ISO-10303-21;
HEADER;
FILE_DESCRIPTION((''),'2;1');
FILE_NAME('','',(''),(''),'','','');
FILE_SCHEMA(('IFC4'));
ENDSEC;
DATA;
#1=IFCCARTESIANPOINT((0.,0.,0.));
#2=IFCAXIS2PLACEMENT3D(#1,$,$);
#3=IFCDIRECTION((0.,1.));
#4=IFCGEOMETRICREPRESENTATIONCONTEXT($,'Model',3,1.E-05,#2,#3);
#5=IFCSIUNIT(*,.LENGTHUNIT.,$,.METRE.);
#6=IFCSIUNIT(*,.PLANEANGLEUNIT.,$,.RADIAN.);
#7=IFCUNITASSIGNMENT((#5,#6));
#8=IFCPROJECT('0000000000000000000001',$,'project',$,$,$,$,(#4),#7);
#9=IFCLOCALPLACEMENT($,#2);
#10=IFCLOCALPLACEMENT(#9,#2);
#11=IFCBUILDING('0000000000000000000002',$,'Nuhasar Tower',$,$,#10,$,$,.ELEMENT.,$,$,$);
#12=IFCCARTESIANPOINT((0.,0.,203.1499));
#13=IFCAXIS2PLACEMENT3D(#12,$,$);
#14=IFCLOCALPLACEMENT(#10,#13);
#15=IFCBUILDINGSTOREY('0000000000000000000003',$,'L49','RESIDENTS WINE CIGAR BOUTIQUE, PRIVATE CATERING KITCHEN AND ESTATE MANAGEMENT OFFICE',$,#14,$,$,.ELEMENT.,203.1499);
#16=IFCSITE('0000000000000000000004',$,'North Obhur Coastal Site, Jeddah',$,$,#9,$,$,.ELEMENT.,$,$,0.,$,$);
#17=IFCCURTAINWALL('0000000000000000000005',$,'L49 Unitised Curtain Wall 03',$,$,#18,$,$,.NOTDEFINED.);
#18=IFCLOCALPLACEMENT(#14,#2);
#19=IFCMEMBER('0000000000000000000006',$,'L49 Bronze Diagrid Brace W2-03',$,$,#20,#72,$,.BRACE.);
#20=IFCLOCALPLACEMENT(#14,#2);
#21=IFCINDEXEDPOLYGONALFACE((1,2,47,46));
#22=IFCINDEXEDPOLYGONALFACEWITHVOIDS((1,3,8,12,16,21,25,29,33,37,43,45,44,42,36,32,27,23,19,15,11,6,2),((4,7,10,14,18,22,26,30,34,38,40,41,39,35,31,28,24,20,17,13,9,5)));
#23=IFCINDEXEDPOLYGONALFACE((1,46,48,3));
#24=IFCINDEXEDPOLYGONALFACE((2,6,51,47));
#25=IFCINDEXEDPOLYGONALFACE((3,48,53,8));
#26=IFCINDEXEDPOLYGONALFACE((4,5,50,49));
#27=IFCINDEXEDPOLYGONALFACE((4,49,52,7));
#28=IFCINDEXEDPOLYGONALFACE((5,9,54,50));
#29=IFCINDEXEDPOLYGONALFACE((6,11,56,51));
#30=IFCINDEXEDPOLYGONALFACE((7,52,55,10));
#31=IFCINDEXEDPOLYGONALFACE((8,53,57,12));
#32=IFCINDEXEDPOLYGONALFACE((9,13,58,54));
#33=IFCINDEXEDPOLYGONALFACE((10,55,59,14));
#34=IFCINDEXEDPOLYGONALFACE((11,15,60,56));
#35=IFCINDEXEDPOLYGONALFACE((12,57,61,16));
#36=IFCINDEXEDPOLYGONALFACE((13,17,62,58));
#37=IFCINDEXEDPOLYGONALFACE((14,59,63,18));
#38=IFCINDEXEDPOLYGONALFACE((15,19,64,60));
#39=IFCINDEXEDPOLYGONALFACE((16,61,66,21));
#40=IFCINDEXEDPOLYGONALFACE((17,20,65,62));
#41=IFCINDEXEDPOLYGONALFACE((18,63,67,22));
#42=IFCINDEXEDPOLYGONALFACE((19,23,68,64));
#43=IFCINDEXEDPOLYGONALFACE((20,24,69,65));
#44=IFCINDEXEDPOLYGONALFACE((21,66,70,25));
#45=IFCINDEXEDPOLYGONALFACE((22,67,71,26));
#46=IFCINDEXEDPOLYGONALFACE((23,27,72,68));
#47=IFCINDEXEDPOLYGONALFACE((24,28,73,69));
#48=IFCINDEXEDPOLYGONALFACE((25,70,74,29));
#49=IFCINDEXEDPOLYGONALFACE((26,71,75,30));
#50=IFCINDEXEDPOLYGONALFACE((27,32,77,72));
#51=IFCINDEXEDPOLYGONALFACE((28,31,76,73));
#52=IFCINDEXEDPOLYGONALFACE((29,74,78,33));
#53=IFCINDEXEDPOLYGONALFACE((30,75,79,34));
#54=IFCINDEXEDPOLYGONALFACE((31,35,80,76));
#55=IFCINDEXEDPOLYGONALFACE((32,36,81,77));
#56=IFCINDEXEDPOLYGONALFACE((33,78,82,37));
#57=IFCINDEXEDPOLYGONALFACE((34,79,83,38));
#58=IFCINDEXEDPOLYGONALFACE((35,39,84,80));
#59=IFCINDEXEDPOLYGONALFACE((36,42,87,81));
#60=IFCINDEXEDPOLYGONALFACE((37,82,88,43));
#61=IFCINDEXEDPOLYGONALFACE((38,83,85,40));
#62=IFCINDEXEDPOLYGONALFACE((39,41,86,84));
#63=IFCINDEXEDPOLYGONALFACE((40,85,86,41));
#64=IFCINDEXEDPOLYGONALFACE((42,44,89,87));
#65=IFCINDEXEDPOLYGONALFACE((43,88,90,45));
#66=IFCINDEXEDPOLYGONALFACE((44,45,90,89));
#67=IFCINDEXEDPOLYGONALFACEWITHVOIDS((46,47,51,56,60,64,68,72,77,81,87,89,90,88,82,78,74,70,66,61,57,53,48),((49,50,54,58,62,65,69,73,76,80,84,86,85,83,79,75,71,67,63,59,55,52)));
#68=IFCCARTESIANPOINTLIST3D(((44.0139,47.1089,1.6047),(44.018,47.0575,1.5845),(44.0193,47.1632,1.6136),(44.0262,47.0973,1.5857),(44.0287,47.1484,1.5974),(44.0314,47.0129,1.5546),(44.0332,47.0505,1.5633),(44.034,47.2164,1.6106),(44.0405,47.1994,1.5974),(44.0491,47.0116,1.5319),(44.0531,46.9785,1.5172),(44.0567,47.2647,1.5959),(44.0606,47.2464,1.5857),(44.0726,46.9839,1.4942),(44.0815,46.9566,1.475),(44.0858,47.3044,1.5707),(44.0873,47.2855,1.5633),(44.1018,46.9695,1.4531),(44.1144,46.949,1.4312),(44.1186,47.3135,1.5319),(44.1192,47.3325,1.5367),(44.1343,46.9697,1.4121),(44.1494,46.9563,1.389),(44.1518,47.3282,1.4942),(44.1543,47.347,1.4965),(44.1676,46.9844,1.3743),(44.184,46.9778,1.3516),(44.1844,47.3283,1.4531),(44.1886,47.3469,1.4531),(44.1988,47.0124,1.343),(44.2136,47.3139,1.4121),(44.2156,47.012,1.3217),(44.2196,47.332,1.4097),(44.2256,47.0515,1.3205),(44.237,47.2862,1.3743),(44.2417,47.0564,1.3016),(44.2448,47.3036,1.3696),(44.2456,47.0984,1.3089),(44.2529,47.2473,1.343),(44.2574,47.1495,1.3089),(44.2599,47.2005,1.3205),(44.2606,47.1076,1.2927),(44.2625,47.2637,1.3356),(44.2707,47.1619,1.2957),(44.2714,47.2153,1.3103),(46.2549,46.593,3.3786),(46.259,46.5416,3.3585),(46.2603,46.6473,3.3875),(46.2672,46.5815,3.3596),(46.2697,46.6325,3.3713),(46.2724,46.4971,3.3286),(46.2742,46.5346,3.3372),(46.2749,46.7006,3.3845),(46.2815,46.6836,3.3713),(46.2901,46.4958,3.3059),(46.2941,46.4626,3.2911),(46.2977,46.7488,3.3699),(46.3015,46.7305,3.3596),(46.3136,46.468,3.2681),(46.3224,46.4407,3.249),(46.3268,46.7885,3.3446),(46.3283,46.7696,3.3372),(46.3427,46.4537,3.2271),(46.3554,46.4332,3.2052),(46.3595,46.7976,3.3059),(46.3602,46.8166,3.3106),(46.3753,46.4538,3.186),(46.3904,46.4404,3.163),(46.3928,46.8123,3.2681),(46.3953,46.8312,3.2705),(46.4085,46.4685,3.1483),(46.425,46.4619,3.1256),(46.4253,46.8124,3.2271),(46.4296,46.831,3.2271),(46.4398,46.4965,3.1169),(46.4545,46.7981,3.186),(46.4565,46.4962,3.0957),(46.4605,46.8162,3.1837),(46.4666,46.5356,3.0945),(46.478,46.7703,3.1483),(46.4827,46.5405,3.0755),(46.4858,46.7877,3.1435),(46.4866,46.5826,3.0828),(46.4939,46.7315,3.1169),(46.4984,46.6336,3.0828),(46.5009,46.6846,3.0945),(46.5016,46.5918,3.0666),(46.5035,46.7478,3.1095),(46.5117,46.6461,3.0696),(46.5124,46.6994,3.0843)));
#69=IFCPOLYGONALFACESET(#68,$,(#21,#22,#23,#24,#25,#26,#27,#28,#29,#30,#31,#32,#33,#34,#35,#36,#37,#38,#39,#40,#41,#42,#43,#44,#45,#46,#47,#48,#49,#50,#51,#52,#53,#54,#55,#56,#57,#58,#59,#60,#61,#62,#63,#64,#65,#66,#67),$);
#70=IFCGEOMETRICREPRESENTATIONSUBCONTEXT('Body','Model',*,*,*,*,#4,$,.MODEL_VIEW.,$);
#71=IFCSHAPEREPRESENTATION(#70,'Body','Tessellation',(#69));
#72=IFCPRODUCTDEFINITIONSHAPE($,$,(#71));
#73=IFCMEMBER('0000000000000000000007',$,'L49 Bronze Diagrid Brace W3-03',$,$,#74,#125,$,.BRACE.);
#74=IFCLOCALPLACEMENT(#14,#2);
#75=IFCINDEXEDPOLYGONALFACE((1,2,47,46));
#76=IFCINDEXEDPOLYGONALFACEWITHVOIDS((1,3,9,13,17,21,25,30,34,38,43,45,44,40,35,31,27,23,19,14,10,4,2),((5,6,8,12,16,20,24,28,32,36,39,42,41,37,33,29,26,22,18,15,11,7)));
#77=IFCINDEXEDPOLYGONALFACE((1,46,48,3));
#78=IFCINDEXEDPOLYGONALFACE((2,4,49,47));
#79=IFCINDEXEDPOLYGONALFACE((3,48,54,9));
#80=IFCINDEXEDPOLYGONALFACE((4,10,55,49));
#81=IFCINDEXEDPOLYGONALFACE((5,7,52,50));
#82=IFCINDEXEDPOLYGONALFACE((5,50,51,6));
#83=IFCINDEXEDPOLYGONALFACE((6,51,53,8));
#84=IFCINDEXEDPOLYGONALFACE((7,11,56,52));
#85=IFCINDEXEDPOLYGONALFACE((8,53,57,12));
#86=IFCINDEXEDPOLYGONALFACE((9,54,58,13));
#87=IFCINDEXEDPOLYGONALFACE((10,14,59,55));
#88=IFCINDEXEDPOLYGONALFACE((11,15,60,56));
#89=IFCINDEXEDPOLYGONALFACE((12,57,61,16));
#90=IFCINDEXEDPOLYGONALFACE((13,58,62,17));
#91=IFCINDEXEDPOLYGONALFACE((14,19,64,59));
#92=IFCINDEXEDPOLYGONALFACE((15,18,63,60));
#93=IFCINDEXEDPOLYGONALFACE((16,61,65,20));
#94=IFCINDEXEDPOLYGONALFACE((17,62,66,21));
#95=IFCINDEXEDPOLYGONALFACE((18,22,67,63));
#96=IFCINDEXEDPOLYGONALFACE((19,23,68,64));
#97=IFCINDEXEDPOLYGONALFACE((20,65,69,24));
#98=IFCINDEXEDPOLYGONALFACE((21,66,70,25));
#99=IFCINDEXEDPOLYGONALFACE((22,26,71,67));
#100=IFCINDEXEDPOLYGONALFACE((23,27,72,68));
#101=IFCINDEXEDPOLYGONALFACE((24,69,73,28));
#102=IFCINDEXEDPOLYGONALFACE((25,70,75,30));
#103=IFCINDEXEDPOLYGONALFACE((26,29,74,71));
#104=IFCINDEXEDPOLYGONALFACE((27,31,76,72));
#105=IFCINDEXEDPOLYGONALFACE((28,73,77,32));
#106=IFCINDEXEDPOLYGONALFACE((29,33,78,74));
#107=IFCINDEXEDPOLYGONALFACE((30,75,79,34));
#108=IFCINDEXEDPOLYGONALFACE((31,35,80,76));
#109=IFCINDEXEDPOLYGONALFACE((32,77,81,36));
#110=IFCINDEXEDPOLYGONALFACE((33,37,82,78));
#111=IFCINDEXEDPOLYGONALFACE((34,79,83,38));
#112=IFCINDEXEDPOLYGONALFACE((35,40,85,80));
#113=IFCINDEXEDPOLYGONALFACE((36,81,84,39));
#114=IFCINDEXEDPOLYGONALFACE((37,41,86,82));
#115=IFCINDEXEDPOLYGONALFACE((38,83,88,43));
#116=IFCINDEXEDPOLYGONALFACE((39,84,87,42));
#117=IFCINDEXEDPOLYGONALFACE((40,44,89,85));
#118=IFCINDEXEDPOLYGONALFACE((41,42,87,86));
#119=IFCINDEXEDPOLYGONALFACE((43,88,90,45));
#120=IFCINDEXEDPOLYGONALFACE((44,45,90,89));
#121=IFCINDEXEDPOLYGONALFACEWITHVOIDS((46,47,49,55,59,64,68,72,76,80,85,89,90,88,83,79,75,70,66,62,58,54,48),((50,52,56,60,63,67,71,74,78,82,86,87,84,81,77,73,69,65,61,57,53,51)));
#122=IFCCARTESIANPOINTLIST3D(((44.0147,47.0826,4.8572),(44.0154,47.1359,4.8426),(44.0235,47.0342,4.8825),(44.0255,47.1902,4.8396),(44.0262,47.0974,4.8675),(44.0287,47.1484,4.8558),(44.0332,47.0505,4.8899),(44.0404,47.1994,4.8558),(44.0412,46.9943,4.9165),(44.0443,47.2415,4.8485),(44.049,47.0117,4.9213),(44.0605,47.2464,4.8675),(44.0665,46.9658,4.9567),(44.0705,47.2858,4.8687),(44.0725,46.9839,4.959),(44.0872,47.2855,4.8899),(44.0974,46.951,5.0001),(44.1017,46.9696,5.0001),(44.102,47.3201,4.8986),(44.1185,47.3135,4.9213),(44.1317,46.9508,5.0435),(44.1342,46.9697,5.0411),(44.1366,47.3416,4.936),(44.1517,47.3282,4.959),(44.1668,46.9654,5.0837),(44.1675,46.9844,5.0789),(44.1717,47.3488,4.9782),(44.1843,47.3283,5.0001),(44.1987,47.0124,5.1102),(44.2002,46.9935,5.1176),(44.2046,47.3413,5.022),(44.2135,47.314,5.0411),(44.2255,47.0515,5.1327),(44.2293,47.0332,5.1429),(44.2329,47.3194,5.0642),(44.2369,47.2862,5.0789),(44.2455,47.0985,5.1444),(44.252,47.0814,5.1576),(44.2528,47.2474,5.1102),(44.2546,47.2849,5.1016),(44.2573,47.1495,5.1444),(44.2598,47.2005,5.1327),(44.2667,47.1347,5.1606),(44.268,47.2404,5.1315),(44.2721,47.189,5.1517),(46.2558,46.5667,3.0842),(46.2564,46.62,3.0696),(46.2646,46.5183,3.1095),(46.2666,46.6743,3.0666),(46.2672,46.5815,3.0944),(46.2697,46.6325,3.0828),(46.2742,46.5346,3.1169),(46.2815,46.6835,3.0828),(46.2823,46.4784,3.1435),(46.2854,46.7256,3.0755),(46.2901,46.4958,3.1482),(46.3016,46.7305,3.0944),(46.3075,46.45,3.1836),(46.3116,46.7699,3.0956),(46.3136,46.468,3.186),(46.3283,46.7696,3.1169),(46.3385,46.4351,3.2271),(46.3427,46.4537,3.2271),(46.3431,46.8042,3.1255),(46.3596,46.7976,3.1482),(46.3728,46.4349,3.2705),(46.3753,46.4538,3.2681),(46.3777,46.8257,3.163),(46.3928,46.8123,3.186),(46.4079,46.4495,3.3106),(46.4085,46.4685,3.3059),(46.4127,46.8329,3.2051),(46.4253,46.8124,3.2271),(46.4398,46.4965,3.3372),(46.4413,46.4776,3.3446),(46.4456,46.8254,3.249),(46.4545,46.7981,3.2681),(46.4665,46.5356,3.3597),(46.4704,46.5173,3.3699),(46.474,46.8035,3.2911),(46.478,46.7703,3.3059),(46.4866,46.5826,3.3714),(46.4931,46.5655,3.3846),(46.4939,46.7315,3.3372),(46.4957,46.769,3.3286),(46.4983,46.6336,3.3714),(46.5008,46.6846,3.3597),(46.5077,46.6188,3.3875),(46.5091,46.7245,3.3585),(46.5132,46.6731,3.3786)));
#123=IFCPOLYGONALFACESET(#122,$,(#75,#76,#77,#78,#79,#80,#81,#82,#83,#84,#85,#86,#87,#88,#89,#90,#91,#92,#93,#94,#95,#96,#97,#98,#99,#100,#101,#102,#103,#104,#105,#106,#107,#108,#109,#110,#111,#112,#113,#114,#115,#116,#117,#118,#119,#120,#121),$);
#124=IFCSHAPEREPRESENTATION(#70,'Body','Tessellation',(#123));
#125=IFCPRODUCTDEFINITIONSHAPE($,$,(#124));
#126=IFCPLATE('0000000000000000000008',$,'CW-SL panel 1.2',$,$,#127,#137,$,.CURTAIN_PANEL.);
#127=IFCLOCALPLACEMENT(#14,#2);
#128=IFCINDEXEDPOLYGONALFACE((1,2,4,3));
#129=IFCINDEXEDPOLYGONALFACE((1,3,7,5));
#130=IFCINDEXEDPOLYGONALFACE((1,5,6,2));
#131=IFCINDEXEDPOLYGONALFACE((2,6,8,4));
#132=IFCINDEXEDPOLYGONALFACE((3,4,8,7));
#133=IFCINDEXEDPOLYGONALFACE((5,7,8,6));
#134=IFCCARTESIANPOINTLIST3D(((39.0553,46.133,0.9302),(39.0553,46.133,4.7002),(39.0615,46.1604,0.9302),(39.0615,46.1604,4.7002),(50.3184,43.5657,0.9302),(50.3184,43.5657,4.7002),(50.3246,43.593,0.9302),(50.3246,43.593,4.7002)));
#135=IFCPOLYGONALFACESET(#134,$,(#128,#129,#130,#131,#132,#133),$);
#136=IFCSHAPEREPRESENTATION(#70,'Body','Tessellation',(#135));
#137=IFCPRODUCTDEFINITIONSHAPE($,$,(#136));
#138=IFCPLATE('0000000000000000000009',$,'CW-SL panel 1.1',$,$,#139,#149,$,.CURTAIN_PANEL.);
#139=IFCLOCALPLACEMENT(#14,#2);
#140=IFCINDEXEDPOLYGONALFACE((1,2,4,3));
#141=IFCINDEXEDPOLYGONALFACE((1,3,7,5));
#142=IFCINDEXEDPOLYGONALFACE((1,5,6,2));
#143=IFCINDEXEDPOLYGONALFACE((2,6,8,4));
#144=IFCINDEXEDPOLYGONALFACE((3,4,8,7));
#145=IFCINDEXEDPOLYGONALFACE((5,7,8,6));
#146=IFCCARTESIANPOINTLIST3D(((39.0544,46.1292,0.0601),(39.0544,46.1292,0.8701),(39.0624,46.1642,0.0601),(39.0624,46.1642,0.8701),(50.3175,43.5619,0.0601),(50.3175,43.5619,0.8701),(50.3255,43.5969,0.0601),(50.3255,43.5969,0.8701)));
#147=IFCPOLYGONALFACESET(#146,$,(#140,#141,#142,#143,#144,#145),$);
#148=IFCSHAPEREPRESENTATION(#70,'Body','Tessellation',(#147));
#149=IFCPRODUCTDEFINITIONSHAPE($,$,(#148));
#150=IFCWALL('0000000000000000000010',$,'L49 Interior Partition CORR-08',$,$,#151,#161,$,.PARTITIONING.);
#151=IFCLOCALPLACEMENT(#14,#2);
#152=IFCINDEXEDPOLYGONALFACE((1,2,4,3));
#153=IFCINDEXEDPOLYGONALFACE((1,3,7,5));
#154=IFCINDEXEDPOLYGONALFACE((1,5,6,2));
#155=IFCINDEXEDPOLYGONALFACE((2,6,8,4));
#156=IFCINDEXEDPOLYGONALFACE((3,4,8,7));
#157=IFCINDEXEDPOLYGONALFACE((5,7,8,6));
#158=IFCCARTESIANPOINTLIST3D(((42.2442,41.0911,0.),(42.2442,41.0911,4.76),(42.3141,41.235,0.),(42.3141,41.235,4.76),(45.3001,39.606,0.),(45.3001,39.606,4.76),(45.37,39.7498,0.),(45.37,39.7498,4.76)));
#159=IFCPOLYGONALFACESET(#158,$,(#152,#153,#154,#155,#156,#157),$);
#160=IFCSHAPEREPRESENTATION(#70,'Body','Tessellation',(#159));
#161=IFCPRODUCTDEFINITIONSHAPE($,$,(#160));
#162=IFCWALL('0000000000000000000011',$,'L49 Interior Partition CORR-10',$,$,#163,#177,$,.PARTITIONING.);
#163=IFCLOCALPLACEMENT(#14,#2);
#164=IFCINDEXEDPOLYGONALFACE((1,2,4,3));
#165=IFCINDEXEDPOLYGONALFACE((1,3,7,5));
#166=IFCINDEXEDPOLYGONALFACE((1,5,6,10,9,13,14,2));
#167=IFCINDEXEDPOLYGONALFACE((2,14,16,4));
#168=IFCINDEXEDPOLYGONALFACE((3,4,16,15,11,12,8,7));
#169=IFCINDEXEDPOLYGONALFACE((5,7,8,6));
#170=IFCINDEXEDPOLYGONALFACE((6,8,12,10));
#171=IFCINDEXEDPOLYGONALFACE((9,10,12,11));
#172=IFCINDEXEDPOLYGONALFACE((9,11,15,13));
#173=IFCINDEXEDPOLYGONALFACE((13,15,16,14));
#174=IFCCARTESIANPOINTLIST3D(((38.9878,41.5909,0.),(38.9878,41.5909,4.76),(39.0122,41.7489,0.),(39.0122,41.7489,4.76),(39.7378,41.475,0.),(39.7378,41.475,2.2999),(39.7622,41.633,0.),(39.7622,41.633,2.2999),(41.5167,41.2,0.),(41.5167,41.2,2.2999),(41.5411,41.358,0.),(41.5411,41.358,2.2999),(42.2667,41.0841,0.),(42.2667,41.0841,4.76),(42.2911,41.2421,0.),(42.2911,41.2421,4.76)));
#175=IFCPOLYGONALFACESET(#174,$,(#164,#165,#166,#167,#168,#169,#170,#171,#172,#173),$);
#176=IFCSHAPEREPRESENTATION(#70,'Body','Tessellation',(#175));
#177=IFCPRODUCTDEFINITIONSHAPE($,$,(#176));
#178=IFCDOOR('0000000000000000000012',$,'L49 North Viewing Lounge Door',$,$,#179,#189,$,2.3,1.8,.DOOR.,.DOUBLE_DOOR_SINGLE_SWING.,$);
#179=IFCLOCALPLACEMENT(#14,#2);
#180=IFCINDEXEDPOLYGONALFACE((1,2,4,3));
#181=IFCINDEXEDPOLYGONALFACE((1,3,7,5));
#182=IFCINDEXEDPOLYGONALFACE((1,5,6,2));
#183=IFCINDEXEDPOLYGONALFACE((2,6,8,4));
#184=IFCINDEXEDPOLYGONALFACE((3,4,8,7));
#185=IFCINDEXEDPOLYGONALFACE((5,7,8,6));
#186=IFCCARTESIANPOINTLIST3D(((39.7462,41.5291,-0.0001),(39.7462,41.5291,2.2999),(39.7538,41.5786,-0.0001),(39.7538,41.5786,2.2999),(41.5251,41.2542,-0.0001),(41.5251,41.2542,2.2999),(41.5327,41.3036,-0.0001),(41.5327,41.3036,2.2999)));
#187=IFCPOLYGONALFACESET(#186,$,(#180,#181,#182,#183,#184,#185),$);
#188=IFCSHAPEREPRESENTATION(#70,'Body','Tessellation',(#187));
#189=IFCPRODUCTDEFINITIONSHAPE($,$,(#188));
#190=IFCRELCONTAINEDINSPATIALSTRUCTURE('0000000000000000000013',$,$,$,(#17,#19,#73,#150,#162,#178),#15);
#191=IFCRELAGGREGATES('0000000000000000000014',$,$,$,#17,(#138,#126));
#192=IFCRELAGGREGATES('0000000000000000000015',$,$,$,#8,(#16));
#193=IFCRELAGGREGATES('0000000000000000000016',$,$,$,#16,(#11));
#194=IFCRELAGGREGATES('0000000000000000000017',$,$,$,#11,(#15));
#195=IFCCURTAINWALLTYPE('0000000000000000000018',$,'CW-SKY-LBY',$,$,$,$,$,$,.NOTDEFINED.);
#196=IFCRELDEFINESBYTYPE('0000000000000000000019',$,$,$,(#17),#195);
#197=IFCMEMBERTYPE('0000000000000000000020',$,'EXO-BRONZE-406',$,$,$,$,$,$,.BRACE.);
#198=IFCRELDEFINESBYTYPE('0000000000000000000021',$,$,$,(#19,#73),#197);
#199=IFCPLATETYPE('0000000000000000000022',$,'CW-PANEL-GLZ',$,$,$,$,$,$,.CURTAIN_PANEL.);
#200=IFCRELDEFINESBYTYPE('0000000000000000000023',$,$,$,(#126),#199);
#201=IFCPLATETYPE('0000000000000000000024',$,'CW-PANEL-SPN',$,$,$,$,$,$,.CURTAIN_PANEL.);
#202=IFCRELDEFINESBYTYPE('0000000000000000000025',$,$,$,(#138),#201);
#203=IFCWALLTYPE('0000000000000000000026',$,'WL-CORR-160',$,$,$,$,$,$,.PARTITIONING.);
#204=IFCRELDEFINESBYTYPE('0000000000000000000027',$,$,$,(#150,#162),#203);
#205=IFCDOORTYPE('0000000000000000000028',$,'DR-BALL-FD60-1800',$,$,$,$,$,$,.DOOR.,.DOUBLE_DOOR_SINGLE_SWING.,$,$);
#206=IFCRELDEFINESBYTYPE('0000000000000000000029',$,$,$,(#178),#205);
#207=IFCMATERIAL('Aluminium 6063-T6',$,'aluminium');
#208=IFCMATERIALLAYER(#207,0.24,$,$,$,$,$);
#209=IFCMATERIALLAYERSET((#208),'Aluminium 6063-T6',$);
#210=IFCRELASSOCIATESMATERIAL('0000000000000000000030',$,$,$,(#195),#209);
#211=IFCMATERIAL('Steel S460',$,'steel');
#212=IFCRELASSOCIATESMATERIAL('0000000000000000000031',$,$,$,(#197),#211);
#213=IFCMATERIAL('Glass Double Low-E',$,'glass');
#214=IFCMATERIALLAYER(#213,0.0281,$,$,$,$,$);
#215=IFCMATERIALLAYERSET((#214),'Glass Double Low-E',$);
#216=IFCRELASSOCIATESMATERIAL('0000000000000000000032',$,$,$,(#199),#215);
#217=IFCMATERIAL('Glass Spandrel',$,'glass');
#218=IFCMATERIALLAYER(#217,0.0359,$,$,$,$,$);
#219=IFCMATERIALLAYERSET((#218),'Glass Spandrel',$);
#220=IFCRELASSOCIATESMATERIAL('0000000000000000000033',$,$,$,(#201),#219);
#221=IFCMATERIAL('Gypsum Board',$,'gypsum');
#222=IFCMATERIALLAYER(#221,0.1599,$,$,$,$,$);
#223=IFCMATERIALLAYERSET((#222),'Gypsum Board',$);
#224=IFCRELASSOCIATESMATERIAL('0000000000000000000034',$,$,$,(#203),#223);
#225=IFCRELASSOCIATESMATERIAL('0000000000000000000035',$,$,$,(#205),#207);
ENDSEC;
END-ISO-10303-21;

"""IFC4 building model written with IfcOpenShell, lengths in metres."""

from ifc_helpers import new_model, si_unit, direction, frame, frame_2d, origin, origin_2d, place, context, subcontext, project, spatial, rectangle, hollow_circle, extrude, material, layer, layer_set, material_profile, profile_set, type_object, element, fill, aggregate, save


model = new_model("IFC4")

# Units and contexts
model_context = context("Model", 3, precision=1e-05, world=origin(), true_north=direction((0.0, 1.0)))
body_context = subcontext(model_context, "Body", "Model", "MODEL_VIEW")
ifc_project = project(units=[si_unit("LENGTHUNIT", "METRE"), si_unit("PLANEANGLEUNIT", "RADIAN")], contexts=[model_context])

# Site, building, storey
site_placement = place(None, origin())
site = spatial("IfcSite", under=ifc_project, at=site_placement, Name="North Obhur Coastal Site, Jeddah", CompositionType="ELEMENT", RefElevation=0.0)
building_placement = place(site_placement, origin())
building = spatial("IfcBuilding", under=site, at=building_placement, Name="Nuhasar Tower", CompositionType="ELEMENT")
storey_placement = place(building_placement, frame((0.0, 0.0, 203.1499)))
storey = spatial("IfcBuildingStorey", under=building, at=storey_placement, Name="L49", Description="RESIDENTS WINE CIGAR BOUTIQUE, PRIVATE CATERING KITCHEN AND ESTATE MANAGEMENT OFFICE", CompositionType="ELEMENT", Elevation=203.1499)

# Shared definitions
ifc_material_1 = material(Name="Steel S460", Category="steel")

# Curtain wall
ifc_material_2 = material(Name="Aluminium 6063-T6", Category="aluminium")
ifc_layer_1 = layer(ifc_material_2, 0.24)
ifc_layer_set_1 = layer_set([ifc_layer_1], Name="Aluminium 6063-T6")
curtain_wall_type = type_object("IfcCurtainWallType", Name="CW-SKY-LBY", PredefinedType="NOTDEFINED", material=ifc_layer_set_1)
curtain_wall_placement = place(storey_placement, origin())
curtain_wall = element("IfcCurtainWall", 1, at=curtain_wall_placement, inside=storey, type_object=curtain_wall_type, Name="L49 Unitised Curtain Wall 03", PredefinedType="NOTDEFINED")

# Members
ifc_material_profile_1 = material_profile(ifc_material_1, hollow_circle(Radius=0.2031, WallThickness=0.019, at=origin_2d()), Name="HSS406.4X19.1")
ifc_profile_set_1 = profile_set([ifc_material_profile_1], Name="Steel S460")
member_type_1 = type_object("IfcMemberType", Name="EXO-BRONZE-406", PredefinedType="BRACE", material=ifc_profile_set_1)
member_1_placement = place(storey_placement, frame((44.1431, 47.1489, 1.4531), z_axis=(0.771607, -0.177624, 0.610796), x_axis=(0.224332, 0.974513, 0.0)))
element("IfcMember", 2, at=member_1_placement, inside=storey, type_object=member_type_1, Name="L49 Bronze Diagrid Brace W2-03", PredefinedType="BRACE", context=body_context, shape_type="SweptSolid", body=[
    extrude(hollow_circle(Radius=0.2031, WallThickness=0.019, at=origin_2d()), origin(), (0.0, 0.0, 1.0), 2.9043),
])
member_2_placement = place(storey_placement, frame((46.384, 46.6331, 3.2271), z_axis=(-0.771766, 0.17766, 0.610585), x_axis=(-0.224332, -0.974513, 0.0)))
element("IfcMember", 3, at=member_2_placement, inside=storey, type_object=member_type_1, Name="L49 Bronze Diagrid Brace W3-03", PredefinedType="BRACE", context=body_context, shape_type="SweptSolid", body=[
    extrude(hollow_circle(Radius=0.2031, WallThickness=0.019, at=origin_2d()), origin(), (0.0, 0.0, 1.0), 2.9038),
])

# Plates
ifc_material_3 = material(Name="Glass Double Low-E", Category="glass")
ifc_layer_2 = layer(ifc_material_3, 0.0281)
ifc_layer_set_2 = layer_set([ifc_layer_2], Name="Glass Double Low-E")
plate_type_1 = type_object("IfcPlateType", Name="CW-PANEL-GLZ", PredefinedType="CURTAIN_PANEL", material=ifc_layer_set_2)
plate_1_placement = place(storey_placement, frame((44.6899, 44.863, 0.9302), z_axis=(0.0, 0.0, 1.0), x_axis=(-0.974991, 0.222243, 0.0)))
plate_1 = element("IfcPlate", 4, at=plate_1_placement, type_object=plate_type_1, Name="CW-SL panel 1.2", PredefinedType="CURTAIN_PANEL", context=body_context, shape_type="SweptSolid", body=[
    extrude(rectangle(XDim=11.552, YDim=0.0281, at=origin_2d()), origin(), (0.0, 0.0, 1.0), 3.77),
])
ifc_material_4 = material(Name="Glass Spandrel", Category="glass")
ifc_layer_3 = layer(ifc_material_4, 0.0359)
ifc_layer_set_3 = layer_set([ifc_layer_3], Name="Glass Spandrel")
plate_type_2 = type_object("IfcPlateType", Name="CW-PANEL-SPN", PredefinedType="CURTAIN_PANEL", material=ifc_layer_set_3)
plate_2_placement = place(storey_placement, frame((44.6899, 44.863, 0.0601), z_axis=(0.0, 0.0, 1.0), x_axis=(-0.974991, 0.222243, 0.0)))
plate_2 = element("IfcPlate", 5, at=plate_2_placement, type_object=plate_type_2, Name="CW-SL panel 1.1", PredefinedType="CURTAIN_PANEL", context=body_context, shape_type="SweptSolid", body=[
    extrude(rectangle(XDim=11.552, YDim=0.0359, at=origin_2d()), origin(), (0.0, 0.0, 1.0), 0.8101),
])
aggregate(curtain_wall, [plate_2, plate_1])

# Wall
ifc_material_5 = material(Name="Gypsum Board", Category="gypsum")
ifc_layer_4 = layer(ifc_material_5, 0.1599)
ifc_layer_set_4 = layer_set([ifc_layer_4], Name="Gypsum Board")
wall_type_1 = type_object("IfcWallType", Name="WL-CORR-160", PredefinedType="PARTITIONING", material=ifc_layer_set_4)
wall_1_placement = place(storey_placement, frame((45.335, 39.678, 0.0), z_axis=(0.0, 0.0, 1.0), x_axis=(-0.899415, 0.437097, 0.0)))
element("IfcWall", 6, at=wall_1_placement, inside=storey, type_object=wall_type_1, Name="L49 Interior Partition CORR-08", PredefinedType="PARTITIONING", context=body_context, shape_type="SweptSolid", body=[
    extrude(rectangle(XDim=3.3977, YDim=0.1599, at=frame_2d((1.6987, 0.0))), origin(), (0.0, 0.0, 1.0), 4.76),
])

# Wall, opening, door
wall_2_placement = place(storey_placement, frame((39.0, 41.6699, 0.0), z_axis=(0.0, 0.0, 1.0), x_axis=(0.988264, -0.152754, 0.0)))
wall_2 = element("IfcWall", 7, at=wall_2_placement, inside=storey, type_object=wall_type_1, Name="L49 Interior Partition CORR-10", PredefinedType="PARTITIONING", context=body_context, shape_type="SweptSolid", body=[
    extrude(rectangle(XDim=3.3179, YDim=0.1599, at=frame_2d((1.6589, 0.0))), origin(), (0.0, 0.0, 1.0), 4.76),
])
opening_1_placement = place(wall_2_placement, frame((0.759, 0.0, 0.0)))
opening_1 = element("IfcOpeningElement", 8, at=opening_1_placement, cuts=wall_2, PredefinedType="OPENING", context=body_context, shape_type="SweptSolid", body=[
    extrude(rectangle(XDim=1.8, YDim=2.3, at=frame_2d((0.8999, 1.1499))), frame((0.0, 0.0898, 0.0), z_axis=(0.0, -1.0, 0.0), x_axis=(1.0, 0.0, 0.0)), (0.0, 0.0, 1.0), 0.1799),
])
door_type_1 = type_object("IfcDoorType", Name="DR-BALL-FD60-1800", OperationType="DOUBLE_DOOR_SINGLE_SWING", PredefinedType="DOOR", material=ifc_material_2)
door_1_placement = place(opening_1_placement, origin())
door_1 = element("IfcDoor", 9, at=door_1_placement, inside=storey, type_object=door_type_1, Name="L49 North Viewing Lounge Door", OperationType="DOUBLE_DOOR_SINGLE_SWING", OverallHeight=2.3, OverallWidth=1.8, PredefinedType="DOOR", context=body_context, shape_type="SweptSolid", body=[
    extrude(rectangle(XDim=1.8, YDim=2.3, at=frame_2d((0.8999, 1.1499))), frame((0.0, 0.0249, 0.0), z_axis=(0.0, -1.0, 0.0), x_axis=(1.0, 0.0, 0.0)), (0.0, 0.0, 1.0), 0.05),
])
fill(opening_1, door_1)

save(model, "model.ifc")
